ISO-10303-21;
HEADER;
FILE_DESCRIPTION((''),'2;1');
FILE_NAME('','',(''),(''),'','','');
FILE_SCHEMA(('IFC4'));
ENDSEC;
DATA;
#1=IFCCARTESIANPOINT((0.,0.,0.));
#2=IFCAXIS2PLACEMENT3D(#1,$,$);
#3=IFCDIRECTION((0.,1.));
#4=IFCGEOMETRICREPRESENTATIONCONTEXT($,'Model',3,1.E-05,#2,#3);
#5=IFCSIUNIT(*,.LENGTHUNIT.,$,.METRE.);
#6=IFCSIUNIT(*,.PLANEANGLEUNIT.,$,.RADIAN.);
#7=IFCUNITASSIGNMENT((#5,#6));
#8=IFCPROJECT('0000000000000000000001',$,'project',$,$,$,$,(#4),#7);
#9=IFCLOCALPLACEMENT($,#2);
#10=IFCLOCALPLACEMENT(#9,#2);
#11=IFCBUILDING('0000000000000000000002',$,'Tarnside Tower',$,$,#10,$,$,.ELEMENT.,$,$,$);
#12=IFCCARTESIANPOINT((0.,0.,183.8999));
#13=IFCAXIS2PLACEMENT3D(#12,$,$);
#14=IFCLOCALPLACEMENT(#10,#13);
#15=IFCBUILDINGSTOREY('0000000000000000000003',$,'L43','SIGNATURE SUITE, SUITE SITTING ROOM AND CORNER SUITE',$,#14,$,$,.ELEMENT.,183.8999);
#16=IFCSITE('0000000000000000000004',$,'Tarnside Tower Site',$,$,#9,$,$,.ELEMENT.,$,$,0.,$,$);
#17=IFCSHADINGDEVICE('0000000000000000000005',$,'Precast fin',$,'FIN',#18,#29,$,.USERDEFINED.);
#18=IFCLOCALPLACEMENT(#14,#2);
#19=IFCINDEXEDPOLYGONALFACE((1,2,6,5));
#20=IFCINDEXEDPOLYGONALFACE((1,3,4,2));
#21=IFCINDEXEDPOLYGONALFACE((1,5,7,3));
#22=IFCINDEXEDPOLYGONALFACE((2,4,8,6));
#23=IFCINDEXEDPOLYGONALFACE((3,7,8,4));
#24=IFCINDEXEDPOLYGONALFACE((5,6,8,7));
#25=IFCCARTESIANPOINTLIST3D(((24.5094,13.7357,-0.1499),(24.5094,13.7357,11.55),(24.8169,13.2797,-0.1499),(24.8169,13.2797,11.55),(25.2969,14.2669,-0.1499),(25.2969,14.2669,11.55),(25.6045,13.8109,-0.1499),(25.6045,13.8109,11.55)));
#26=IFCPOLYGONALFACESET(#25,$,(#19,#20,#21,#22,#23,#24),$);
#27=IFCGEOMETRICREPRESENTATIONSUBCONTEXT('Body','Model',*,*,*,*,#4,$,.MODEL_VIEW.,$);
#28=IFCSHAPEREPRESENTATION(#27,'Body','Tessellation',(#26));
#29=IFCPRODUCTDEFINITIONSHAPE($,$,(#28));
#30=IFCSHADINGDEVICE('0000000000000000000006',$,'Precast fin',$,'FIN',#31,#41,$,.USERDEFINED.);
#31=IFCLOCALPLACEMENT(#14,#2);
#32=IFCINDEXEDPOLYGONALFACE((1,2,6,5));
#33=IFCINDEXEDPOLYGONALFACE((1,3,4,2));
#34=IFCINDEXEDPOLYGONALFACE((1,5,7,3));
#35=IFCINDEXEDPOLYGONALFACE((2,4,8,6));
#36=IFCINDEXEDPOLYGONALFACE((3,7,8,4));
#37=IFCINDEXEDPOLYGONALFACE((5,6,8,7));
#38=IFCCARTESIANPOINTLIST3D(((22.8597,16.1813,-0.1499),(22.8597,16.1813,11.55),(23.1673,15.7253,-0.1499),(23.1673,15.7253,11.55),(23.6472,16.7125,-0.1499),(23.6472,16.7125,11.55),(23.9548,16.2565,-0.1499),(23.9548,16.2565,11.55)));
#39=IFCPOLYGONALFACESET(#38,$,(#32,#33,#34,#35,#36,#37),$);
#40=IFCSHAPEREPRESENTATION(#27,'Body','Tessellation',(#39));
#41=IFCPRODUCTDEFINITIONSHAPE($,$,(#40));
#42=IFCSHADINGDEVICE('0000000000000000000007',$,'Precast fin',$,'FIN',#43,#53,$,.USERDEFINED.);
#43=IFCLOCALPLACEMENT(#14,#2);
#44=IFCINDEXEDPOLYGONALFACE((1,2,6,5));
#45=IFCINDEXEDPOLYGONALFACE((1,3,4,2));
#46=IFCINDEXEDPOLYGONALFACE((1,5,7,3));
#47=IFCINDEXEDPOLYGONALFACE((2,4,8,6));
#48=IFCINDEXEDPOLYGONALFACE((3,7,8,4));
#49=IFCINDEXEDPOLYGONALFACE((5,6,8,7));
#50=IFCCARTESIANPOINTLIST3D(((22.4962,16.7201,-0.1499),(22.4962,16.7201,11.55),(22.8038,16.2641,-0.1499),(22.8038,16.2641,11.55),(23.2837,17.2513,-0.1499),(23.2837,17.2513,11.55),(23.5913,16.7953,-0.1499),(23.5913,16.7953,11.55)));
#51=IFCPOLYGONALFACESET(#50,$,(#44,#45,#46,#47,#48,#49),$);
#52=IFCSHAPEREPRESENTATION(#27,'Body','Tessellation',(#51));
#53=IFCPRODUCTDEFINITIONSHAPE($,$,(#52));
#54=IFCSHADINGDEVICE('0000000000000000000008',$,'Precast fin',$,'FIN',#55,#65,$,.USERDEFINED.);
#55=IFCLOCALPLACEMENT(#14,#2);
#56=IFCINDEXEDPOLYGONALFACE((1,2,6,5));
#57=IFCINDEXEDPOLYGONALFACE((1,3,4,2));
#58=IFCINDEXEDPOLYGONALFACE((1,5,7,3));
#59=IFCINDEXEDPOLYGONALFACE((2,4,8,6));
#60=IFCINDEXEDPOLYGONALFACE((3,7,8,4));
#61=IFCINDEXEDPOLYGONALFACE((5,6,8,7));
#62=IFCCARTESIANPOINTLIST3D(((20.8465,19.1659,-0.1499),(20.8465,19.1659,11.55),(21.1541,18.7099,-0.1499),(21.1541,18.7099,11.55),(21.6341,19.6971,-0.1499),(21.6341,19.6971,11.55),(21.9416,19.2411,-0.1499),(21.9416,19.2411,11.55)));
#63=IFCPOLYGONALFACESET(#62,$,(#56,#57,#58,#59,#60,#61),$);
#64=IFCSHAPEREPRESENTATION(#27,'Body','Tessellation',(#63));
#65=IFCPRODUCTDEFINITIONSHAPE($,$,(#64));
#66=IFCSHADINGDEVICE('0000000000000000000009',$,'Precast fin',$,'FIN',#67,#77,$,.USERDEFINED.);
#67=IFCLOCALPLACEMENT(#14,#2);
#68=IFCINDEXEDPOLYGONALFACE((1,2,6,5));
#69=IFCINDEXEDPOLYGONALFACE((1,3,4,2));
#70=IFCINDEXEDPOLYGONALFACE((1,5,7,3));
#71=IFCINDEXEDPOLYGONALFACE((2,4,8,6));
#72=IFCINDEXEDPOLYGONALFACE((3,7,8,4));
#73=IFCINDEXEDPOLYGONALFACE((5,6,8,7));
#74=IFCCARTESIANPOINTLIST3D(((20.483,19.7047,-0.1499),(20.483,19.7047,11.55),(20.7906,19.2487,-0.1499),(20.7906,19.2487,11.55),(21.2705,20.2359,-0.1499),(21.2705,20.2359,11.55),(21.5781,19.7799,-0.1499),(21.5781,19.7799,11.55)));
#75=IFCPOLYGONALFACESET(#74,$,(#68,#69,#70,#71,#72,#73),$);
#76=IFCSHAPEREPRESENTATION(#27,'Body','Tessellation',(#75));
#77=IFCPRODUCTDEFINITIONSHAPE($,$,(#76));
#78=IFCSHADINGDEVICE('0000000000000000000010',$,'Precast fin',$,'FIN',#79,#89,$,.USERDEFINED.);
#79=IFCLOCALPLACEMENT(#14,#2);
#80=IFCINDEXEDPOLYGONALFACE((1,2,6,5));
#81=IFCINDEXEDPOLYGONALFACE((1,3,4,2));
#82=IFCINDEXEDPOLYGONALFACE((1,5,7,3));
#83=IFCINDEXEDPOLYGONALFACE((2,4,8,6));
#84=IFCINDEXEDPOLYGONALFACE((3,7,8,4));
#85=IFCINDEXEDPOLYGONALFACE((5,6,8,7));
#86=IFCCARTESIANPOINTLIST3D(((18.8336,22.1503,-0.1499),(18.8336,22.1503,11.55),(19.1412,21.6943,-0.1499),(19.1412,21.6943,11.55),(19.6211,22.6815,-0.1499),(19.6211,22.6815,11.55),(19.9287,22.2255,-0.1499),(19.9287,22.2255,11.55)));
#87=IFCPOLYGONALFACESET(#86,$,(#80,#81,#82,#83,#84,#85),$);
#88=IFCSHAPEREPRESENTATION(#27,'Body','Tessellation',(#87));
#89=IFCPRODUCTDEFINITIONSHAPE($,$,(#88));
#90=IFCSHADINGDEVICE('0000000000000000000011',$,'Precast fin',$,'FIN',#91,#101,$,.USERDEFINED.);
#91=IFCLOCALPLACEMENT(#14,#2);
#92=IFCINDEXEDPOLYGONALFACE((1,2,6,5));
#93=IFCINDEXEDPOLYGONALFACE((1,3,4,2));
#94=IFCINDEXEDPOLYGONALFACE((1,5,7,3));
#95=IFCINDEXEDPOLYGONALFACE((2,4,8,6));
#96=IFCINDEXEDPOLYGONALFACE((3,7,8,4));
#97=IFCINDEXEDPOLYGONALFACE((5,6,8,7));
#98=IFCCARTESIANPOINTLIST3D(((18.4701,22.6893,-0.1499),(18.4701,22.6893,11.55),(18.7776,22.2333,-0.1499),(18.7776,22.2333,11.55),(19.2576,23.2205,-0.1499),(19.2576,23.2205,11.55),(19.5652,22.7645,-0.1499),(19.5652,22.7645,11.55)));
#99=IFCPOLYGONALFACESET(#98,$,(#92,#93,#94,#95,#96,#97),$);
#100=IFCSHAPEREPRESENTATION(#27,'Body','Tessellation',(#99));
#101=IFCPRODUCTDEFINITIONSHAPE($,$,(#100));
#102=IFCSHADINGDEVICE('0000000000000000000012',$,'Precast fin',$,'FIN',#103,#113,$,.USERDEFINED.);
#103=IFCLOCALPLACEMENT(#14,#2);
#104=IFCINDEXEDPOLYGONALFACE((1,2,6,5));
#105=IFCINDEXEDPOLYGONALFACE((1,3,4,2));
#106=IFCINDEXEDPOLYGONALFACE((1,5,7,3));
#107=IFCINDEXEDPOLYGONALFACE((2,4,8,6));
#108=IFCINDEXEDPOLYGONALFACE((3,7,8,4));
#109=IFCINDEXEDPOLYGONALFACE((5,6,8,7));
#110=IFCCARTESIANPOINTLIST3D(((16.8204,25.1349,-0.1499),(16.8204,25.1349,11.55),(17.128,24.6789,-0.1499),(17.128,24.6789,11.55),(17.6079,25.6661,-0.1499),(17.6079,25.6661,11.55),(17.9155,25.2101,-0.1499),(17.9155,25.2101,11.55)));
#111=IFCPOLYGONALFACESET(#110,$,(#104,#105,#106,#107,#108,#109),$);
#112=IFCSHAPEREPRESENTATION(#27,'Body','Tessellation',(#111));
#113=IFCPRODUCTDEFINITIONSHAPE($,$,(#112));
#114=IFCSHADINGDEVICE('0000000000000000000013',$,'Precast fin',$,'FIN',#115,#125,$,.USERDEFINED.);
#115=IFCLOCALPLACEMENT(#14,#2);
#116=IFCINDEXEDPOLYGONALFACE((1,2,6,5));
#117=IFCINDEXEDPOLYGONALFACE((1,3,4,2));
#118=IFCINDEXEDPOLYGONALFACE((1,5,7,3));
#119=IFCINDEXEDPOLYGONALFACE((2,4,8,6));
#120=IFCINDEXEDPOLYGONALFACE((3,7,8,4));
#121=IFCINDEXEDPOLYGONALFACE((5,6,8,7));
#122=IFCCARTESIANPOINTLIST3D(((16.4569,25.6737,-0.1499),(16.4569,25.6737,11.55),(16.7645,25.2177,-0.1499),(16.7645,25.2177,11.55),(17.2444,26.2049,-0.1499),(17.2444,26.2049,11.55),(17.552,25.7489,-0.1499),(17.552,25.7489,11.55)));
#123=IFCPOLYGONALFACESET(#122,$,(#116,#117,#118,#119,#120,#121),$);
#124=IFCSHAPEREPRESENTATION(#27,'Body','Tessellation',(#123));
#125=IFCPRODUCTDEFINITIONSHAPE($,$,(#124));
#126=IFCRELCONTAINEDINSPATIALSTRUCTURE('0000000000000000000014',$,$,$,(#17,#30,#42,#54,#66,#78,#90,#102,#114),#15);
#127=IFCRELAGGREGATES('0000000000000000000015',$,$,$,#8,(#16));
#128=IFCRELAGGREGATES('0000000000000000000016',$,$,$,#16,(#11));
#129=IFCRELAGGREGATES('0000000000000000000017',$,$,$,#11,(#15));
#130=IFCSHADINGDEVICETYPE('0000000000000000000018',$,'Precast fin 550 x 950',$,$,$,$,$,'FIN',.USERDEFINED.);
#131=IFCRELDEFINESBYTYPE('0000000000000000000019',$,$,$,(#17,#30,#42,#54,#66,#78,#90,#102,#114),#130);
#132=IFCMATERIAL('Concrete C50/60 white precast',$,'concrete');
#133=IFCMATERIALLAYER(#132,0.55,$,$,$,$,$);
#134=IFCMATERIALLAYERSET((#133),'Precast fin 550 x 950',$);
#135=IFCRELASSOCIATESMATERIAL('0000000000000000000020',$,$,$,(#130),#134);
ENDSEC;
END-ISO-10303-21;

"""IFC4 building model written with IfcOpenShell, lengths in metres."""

from ifc_helpers import new_model, si_unit, direction, frame, origin, place, context, subcontext, project, spatial, polyline, outline, extrude, material, layer, layer_set, type_object, element, save


model = new_model("IFC4")

# Units and contexts
model_context = context("Model", 3, precision=1e-05, world=origin(), true_north=direction((0.0, 1.0)))
body_context = subcontext(model_context, "Body", "Model", "MODEL_VIEW")
ifc_project = project(units=[si_unit("LENGTHUNIT", "METRE"), si_unit("PLANEANGLEUNIT", "RADIAN")], contexts=[model_context])

# Site, building, storey
site_placement = place(None, origin())
site = spatial("IfcSite", under=ifc_project, at=site_placement, Name="Tarnside Tower Site", CompositionType="ELEMENT", RefElevation=0.0)
building_placement = place(site_placement, origin())
building = spatial("IfcBuilding", under=site, at=building_placement, Name="Tarnside Tower", CompositionType="ELEMENT")
storey_placement = place(building_placement, frame((0.0, 0.0, 183.8999)))
storey = spatial("IfcBuildingStorey", under=building, at=storey_placement, Name="L43", Description="SIGNATURE SUITE, SUITE SITTING ROOM AND CORNER SUITE", CompositionType="ELEMENT", Elevation=183.8999)

# Shading devices
ifc_material_1 = material(Name="Concrete C50/60 white precast", Category="concrete")
ifc_layer_1 = layer(ifc_material_1, 0.55)
ifc_layer_set_1 = layer_set([ifc_layer_1], Name="Precast fin 550 x 950")
shading_device_type_1 = type_object("IfcShadingDeviceType", Name="Precast fin 550 x 950", ElementType="FIN", PredefinedType="USERDEFINED", material=ifc_layer_set_1)
for number, where, z_axis, x_axis, name in (
    (1, (24.6631, 13.5078, -0.1499), (0.559193, -0.829038, 0.0), (0.829038, 0.559193, 0.0), "Precast fin"),
    (2, (23.0134, 15.9534, -0.1499), (0.559193, -0.829038, 0.0), (0.829038, 0.559193, 0.0), "Precast fin"),
    (3, (22.6499, 16.4922, -0.1499), (0.559193, -0.829038, 0.0), (0.829038, 0.559193, 0.0), "Precast fin"),
    (4, (21.0002, 18.938, -0.1499), (0.559193, -0.829038, 0.0), (0.829038, 0.559193, 0.0), "Precast fin"),
    (5, (20.6367, 19.4768, -0.1499), (0.559193, -0.829038, 0.0), (0.829038, 0.559193, 0.0), "Precast fin"),
    (6, (18.9873, 21.9224, -0.1499), (0.559193, -0.829038, 0.0), (0.829038, 0.559193, 0.0), "Precast fin"),
    (7, (18.6238, 22.4614, -0.1499), (0.559193, -0.829038, 0.0), (0.829038, 0.559193, 0.0), "Precast fin"),
    (8, (16.9741, 24.907, -0.1499), (0.559193, -0.829038, 0.0), (0.829038, 0.559193, 0.0), "Precast fin"),
    (9, (16.6106, 25.4458, -0.1499), (0.559193, -0.829038, 0.0), (0.829038, 0.559193, 0.0), "Precast fin"),
):
    element("IfcShadingDevice", number, at=place(storey_placement, frame(where, z_axis=z_axis, x_axis=x_axis)), inside=storey, type_object=shading_device_type_1, Name=name, ObjectType="FIN", PredefinedType="USERDEFINED", context=body_context, shape_type="SweptSolid", body=[
        extrude(outline(polyline([(0.0, 0.0), (0.95, 0.0), (0.95, 11.7), (0.0, 11.7), (0.0, 0.0)])), frame((0.0, 0.0, -0.2749)), (0.0, 0.0, 1.0), 0.55),
    ])

save(model, "model.ifc")
